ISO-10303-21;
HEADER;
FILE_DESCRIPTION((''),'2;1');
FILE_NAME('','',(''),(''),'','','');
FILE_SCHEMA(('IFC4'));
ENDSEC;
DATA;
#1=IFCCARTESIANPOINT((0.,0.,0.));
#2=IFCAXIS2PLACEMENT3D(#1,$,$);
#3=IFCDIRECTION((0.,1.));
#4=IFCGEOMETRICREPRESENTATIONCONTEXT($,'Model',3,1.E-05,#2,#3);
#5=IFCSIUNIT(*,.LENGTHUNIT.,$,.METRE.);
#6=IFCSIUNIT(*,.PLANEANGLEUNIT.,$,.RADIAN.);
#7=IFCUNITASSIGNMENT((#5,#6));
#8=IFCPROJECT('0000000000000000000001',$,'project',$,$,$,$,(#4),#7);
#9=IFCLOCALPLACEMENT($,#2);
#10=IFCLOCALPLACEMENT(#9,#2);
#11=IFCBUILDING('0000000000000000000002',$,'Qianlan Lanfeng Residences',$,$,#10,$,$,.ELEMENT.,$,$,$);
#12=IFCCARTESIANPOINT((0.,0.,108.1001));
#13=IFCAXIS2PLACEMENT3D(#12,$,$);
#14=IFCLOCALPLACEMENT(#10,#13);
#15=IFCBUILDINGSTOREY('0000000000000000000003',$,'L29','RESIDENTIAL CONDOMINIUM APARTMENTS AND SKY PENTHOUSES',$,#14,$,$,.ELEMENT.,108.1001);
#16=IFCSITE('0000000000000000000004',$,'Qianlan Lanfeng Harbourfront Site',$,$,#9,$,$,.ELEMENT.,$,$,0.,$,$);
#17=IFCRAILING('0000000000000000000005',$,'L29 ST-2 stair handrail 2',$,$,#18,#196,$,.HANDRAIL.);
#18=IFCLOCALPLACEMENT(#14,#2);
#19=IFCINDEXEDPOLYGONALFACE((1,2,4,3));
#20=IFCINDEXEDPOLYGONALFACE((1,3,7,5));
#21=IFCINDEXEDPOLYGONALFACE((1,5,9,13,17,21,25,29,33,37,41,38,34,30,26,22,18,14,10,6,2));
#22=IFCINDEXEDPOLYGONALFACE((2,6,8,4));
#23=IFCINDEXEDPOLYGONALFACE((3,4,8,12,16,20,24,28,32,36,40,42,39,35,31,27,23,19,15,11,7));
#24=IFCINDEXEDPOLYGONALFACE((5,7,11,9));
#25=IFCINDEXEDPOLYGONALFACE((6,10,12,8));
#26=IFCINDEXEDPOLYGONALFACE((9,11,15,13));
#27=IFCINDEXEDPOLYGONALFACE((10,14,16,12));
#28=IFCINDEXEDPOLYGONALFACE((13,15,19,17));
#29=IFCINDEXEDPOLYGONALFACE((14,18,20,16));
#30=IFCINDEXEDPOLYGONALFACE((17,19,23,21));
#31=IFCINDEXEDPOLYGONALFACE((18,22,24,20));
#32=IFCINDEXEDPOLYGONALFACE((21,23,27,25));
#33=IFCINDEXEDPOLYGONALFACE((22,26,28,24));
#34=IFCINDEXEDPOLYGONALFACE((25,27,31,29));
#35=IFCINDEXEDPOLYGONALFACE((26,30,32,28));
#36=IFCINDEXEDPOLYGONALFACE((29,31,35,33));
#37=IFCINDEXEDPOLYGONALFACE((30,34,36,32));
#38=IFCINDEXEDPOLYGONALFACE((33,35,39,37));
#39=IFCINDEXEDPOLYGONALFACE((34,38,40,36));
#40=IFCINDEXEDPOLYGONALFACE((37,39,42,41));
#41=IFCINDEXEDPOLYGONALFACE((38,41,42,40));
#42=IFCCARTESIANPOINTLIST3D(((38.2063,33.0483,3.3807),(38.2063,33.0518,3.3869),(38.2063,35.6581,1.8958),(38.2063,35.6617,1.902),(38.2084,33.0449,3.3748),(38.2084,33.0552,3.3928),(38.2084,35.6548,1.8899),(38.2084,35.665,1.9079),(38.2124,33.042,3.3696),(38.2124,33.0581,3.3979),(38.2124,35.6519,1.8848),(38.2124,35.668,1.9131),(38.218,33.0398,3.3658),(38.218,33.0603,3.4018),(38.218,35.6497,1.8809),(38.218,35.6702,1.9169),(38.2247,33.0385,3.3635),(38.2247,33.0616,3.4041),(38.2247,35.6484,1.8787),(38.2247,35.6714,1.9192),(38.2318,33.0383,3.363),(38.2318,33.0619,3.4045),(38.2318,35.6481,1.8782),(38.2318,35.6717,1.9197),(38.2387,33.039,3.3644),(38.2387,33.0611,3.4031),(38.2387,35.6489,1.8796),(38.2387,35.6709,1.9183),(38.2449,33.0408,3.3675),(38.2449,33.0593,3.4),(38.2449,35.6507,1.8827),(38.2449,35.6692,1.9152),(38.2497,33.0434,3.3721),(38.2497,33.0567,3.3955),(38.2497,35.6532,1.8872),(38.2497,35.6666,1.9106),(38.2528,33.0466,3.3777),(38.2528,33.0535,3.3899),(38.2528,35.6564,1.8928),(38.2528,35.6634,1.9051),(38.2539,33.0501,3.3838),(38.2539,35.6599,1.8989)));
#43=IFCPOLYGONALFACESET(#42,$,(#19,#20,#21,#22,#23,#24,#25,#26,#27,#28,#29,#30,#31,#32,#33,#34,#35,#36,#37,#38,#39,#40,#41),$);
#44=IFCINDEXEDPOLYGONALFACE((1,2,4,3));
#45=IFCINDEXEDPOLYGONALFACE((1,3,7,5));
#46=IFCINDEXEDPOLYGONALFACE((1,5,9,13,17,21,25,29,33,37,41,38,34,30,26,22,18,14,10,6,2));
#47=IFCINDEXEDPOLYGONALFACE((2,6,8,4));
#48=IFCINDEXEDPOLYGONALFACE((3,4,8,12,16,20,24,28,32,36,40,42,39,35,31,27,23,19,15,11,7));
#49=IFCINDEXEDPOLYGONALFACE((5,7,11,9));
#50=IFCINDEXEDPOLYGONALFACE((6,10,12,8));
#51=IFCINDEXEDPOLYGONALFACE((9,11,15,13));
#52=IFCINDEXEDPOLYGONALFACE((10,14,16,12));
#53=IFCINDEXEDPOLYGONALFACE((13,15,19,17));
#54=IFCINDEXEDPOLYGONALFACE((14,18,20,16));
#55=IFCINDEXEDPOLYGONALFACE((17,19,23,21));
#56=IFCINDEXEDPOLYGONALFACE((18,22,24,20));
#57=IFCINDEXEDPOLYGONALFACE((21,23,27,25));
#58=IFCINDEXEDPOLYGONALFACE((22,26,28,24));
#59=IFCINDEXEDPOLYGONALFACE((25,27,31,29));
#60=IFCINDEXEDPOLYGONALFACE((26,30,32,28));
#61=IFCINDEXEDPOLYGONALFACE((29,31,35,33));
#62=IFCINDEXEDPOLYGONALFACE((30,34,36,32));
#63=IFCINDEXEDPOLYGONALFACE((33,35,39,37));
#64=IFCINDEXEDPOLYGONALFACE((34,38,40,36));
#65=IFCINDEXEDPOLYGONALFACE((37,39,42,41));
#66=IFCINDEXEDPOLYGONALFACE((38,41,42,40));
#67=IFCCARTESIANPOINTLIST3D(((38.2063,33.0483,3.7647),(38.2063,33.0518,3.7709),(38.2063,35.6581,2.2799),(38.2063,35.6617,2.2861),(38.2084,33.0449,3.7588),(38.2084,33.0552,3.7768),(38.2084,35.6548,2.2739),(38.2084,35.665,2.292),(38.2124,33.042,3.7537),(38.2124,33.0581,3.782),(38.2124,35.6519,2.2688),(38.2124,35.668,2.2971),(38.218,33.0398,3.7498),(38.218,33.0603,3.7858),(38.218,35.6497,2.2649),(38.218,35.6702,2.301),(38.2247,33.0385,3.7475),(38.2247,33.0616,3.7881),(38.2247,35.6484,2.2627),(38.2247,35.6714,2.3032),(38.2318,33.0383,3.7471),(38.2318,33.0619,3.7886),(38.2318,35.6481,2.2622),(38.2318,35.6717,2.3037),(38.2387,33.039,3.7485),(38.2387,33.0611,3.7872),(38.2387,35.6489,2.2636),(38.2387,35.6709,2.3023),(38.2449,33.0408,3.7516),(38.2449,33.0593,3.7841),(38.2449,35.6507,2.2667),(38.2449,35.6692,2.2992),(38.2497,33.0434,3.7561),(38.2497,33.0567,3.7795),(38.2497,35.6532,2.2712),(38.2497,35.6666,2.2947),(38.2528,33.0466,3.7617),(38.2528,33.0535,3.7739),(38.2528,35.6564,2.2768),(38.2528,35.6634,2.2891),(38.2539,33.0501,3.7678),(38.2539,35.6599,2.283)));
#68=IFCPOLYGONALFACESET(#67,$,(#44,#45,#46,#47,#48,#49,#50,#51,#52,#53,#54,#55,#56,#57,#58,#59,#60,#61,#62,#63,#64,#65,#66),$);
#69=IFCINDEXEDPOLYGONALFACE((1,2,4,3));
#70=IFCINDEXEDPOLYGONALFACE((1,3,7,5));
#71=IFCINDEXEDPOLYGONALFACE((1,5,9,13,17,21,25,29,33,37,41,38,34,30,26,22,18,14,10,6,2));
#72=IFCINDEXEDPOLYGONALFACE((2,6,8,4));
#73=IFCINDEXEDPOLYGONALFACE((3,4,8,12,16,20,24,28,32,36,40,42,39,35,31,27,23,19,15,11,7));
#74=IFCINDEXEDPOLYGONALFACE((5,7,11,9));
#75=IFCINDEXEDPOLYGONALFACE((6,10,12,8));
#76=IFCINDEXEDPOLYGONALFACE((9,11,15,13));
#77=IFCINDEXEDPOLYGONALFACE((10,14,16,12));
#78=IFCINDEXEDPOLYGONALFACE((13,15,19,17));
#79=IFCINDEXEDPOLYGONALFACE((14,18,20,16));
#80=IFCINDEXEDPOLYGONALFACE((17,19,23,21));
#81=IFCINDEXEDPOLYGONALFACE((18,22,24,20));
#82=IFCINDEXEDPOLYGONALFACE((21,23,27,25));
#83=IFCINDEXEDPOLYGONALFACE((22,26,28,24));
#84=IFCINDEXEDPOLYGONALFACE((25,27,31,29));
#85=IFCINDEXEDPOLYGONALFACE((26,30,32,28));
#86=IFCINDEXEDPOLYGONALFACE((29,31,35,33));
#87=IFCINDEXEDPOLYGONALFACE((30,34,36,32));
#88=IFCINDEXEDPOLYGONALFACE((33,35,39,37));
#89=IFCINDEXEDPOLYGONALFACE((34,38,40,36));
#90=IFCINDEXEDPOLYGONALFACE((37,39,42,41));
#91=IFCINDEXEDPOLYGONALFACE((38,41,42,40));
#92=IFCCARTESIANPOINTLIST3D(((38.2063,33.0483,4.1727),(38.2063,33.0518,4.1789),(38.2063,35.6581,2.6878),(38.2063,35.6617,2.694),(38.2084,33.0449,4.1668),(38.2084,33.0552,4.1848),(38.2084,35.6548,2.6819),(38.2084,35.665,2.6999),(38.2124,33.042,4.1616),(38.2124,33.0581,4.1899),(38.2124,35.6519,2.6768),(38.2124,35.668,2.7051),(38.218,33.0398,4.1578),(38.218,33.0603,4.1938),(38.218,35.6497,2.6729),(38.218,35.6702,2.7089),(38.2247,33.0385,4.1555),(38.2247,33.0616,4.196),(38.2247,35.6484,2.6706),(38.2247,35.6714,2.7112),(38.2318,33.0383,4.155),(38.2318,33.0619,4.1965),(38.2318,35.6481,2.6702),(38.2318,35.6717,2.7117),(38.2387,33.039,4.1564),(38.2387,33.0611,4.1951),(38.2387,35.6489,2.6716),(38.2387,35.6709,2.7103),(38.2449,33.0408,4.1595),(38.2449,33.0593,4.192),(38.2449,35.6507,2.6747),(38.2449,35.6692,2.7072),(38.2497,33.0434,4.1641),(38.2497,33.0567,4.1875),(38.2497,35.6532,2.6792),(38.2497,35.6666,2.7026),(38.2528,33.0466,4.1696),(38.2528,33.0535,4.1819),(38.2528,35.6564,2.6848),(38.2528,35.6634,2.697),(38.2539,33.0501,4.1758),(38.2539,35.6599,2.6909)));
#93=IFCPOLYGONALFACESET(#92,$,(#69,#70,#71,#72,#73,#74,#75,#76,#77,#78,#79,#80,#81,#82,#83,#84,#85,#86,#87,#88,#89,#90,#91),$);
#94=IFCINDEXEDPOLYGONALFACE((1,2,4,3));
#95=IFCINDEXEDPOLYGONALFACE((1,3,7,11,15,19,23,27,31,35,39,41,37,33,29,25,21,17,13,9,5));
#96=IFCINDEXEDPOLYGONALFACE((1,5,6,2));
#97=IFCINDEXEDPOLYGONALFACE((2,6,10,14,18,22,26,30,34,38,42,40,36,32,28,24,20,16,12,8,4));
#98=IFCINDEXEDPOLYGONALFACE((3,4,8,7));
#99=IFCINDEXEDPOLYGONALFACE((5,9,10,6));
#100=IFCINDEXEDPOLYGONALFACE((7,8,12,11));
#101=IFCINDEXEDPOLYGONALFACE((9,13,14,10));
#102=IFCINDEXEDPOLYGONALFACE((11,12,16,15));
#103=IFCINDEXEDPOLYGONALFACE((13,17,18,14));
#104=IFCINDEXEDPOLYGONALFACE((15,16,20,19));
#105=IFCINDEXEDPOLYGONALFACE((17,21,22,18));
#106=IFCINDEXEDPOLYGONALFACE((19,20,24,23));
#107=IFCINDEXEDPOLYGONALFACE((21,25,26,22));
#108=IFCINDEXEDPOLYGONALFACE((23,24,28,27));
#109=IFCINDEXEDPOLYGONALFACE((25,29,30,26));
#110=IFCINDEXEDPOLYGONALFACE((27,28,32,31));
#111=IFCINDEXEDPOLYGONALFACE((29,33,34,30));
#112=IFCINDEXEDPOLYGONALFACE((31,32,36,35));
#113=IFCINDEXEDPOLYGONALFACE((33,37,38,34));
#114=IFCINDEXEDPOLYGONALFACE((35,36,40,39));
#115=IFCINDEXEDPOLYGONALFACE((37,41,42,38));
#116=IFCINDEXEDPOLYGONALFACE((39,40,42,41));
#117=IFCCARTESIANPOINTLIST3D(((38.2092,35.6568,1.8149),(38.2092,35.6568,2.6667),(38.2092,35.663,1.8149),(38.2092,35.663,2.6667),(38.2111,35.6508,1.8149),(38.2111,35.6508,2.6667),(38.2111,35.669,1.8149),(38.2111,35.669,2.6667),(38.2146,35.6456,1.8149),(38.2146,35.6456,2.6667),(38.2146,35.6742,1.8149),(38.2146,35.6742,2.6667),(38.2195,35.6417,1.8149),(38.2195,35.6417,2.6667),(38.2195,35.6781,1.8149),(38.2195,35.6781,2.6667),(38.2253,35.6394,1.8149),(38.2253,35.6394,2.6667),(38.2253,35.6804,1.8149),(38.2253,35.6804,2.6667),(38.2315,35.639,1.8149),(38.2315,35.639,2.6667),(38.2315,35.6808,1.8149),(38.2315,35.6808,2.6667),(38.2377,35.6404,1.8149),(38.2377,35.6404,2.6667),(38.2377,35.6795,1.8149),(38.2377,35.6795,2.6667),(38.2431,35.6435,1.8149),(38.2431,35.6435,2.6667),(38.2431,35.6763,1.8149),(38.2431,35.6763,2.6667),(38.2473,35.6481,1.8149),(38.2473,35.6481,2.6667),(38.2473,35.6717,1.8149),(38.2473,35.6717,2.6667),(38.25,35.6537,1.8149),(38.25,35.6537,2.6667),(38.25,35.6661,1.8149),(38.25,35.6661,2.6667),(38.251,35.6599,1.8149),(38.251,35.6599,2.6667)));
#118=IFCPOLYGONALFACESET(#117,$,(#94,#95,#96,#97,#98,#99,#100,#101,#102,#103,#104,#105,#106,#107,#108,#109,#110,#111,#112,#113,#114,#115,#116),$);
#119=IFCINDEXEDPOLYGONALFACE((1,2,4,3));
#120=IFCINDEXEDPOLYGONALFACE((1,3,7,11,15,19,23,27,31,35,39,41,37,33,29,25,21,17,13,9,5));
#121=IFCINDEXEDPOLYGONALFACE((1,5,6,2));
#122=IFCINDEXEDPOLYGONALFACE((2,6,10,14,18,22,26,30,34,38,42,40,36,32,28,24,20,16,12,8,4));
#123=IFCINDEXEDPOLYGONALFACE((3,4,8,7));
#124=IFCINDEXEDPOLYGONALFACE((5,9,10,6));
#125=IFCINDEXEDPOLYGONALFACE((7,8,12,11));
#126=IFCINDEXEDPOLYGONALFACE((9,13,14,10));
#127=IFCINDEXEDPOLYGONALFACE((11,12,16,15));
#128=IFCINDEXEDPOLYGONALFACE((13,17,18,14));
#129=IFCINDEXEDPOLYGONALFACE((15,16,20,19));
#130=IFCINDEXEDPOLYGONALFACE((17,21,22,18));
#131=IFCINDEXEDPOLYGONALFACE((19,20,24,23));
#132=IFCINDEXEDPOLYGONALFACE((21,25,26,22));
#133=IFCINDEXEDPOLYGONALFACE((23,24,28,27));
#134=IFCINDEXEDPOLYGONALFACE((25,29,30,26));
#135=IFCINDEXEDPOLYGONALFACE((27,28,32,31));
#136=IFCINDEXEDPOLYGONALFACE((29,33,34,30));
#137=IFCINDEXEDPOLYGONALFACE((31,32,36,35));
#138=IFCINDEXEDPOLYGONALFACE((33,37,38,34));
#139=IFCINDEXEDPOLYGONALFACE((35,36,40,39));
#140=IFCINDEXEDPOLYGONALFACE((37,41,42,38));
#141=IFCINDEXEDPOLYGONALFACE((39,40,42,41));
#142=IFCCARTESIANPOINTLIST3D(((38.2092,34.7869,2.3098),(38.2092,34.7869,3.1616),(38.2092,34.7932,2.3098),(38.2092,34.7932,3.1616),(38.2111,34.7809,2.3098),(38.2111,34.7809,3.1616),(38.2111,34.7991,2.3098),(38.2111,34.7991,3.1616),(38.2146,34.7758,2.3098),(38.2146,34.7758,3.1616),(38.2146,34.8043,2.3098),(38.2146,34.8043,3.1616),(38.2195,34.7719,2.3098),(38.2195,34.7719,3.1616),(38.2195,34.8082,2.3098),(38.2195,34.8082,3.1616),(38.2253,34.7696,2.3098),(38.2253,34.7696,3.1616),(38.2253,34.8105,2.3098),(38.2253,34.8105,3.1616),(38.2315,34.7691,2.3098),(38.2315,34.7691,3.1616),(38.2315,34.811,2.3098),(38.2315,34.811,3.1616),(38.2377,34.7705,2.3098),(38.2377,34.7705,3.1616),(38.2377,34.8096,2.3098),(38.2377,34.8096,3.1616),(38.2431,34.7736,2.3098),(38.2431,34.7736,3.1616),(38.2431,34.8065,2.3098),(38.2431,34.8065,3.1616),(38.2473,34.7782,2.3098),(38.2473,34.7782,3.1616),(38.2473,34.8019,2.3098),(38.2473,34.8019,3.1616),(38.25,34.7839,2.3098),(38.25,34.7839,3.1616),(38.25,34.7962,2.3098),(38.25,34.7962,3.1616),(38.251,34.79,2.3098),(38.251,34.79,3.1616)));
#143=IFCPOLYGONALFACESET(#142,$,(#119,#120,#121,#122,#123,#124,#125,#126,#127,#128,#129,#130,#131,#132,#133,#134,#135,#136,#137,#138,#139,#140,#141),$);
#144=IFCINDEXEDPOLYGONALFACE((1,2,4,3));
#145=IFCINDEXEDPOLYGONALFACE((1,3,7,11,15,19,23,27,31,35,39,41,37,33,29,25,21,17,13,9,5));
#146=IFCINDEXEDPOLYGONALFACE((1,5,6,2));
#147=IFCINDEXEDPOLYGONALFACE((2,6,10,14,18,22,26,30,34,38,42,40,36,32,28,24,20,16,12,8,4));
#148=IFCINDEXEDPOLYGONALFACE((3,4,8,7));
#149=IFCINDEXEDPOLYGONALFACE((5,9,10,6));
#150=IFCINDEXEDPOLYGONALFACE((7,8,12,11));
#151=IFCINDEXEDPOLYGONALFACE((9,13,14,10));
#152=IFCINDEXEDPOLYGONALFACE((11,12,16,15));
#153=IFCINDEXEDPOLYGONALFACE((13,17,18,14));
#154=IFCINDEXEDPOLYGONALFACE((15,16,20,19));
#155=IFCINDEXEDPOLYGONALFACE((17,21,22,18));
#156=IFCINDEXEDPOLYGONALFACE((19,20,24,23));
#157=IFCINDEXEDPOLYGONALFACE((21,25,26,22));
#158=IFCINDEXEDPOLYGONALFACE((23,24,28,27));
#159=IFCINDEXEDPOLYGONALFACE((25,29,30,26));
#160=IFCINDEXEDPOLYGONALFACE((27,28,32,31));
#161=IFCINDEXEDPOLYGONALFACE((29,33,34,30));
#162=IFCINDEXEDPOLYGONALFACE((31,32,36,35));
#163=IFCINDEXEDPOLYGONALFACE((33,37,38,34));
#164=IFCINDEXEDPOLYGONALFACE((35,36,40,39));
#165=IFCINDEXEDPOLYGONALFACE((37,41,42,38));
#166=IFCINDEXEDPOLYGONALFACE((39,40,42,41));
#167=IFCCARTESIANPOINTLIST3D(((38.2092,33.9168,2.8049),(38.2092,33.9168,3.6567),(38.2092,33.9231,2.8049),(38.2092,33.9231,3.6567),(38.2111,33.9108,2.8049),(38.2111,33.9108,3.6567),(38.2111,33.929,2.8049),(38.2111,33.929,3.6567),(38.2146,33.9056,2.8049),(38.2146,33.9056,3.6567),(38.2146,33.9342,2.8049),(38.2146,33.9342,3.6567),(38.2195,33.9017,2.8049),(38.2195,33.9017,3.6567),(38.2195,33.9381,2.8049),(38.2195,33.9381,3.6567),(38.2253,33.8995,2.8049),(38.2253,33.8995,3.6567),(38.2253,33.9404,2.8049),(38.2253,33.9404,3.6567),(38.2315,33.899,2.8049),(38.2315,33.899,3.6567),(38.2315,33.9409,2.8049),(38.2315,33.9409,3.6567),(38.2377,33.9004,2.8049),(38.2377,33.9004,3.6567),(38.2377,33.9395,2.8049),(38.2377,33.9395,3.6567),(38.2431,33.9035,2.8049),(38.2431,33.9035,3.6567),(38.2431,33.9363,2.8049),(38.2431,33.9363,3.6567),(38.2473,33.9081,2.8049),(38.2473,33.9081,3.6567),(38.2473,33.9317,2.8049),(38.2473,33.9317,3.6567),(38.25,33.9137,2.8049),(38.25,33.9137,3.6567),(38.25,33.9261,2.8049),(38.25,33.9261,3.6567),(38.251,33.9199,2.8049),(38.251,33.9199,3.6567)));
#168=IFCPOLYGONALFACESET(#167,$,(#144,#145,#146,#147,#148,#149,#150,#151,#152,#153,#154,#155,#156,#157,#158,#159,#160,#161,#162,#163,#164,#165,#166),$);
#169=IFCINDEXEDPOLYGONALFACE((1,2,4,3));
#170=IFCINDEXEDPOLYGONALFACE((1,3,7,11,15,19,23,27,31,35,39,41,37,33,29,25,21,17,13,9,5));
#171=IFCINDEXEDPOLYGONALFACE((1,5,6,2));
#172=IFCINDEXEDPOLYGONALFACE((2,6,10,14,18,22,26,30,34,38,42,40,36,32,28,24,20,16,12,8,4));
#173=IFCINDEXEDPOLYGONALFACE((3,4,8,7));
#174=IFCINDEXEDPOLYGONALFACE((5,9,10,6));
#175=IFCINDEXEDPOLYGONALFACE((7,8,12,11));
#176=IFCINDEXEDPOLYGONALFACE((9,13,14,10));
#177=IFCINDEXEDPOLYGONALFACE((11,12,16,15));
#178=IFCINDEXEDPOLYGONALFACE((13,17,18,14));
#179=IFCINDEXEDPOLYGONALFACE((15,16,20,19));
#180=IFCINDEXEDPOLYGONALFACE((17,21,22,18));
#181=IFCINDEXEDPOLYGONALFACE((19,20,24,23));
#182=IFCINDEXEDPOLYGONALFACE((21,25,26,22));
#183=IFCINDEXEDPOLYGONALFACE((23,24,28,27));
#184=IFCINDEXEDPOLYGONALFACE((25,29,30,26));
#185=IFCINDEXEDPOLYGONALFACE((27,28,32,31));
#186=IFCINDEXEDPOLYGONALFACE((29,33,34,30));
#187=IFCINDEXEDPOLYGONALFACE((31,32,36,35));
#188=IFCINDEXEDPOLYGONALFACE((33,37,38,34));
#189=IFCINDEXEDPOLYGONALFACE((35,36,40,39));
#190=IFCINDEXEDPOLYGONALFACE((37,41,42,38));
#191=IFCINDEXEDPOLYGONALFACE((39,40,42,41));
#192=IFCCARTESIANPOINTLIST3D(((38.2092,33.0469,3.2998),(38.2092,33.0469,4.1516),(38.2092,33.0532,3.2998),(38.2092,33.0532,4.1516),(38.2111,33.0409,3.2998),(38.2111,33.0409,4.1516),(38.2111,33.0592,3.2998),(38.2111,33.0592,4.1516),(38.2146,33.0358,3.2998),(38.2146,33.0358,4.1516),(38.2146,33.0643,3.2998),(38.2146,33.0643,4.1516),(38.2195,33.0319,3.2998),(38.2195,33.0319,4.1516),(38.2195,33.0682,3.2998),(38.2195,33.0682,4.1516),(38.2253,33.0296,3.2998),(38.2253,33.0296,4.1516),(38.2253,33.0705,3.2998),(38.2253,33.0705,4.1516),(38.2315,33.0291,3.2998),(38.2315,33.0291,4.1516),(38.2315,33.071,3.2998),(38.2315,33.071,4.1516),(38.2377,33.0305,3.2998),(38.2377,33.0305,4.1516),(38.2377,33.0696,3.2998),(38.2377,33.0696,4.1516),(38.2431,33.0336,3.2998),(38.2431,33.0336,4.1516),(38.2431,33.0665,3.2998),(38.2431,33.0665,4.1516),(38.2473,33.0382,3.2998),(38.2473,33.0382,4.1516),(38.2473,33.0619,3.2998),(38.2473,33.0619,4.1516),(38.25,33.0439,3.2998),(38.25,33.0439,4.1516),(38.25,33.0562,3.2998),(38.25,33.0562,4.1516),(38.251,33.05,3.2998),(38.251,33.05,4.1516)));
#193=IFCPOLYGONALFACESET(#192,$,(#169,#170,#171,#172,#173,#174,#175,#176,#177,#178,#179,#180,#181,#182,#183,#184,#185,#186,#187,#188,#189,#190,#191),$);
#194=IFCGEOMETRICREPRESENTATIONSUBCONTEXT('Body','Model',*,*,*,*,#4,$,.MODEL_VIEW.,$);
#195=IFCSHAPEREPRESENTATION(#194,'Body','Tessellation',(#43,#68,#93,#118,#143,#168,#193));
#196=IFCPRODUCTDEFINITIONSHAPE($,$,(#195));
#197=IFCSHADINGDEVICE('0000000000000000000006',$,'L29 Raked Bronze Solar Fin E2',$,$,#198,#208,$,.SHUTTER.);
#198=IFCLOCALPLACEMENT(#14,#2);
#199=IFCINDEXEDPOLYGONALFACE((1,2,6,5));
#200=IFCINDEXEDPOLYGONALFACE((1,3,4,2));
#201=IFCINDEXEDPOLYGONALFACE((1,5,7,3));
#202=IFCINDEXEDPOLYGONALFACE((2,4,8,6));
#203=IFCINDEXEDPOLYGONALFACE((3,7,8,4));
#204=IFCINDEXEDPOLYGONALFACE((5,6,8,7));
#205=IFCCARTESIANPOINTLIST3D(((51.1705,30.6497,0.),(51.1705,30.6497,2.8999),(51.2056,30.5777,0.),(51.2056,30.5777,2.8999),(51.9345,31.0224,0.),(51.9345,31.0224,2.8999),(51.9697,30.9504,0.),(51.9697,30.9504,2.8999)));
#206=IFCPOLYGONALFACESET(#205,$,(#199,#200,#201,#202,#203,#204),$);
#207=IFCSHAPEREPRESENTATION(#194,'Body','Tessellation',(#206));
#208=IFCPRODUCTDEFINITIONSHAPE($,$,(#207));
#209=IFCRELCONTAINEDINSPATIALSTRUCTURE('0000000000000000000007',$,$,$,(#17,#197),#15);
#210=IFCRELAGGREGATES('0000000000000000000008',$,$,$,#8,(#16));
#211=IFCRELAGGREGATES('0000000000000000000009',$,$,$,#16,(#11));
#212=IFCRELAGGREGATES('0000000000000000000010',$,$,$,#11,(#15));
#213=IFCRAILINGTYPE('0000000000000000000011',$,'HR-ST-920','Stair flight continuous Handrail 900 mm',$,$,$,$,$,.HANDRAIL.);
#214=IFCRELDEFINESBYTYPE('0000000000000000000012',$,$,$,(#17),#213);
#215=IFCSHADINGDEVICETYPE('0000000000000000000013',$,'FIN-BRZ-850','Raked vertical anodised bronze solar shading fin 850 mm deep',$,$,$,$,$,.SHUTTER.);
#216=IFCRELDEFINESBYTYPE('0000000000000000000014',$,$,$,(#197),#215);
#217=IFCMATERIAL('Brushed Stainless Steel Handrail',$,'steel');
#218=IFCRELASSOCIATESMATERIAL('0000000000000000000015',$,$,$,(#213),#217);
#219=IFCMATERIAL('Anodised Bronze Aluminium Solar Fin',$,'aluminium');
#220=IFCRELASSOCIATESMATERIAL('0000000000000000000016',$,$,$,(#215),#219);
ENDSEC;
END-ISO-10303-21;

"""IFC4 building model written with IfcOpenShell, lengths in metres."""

from ifc_helpers import new_model, si_unit, direction, frame, origin, origin_2d, place, context, subcontext, project, spatial, rectangle, circle, extrude, source, transform, mapped, material, type_object, element, save


model = new_model("IFC4")

# Units and contexts
model_context = context("Model", 3, precision=1e-05, world=origin(), true_north=direction((0.0, 1.0)))
body_context = subcontext(model_context, "Body", "Model", "MODEL_VIEW")
ifc_project = project(units=[si_unit("LENGTHUNIT", "METRE"), si_unit("PLANEANGLEUNIT", "RADIAN")], contexts=[model_context])

# Site, building, storey
site_placement = place(None, origin())
site = spatial("IfcSite", under=ifc_project, at=site_placement, Name="Qianlan Lanfeng Harbourfront Site", CompositionType="ELEMENT", RefElevation=0.0)
building_placement = place(site_placement, origin())
building = spatial("IfcBuilding", under=site, at=building_placement, Name="Qianlan Lanfeng Residences", CompositionType="ELEMENT")
storey_placement = place(building_placement, frame((0.0, 0.0, 108.1001)))
storey = spatial("IfcBuildingStorey", under=building, at=storey_placement, Name="L29", Description="RESIDENTIAL CONDOMINIUM APARTMENTS AND SKY PENTHOUSES", CompositionType="ELEMENT", Elevation=108.1001)

# Railing
ifc_material_1 = material(Name="Brushed Stainless Steel Handrail", Category="steel")
railing_type_1 = type_object("IfcRailingType", Name="HR-ST-920", Description="Stair flight continuous Handrail 900 mm", PredefinedType="HANDRAIL", material=ifc_material_1)
railing_1_placement = place(storey_placement, frame((38.23, 35.6599, 1.8149)))
element("IfcRailing", 1, at=railing_1_placement, inside=storey, type_object=railing_type_1, Name="L29 ST-2 stair handrail 2", PredefinedType="HANDRAIL", context=body_context, shape_type="SweptSolid", body=[
    extrude(circle(Radius=0.0239, at=origin_2d()), frame((0.0, 0.0, 0.084), z_axis=(0.0, -0.869172, 0.494509), x_axis=(1.0, 0.0, 0.0)), (0.0, 0.0, 1.0), 3.0027),
    extrude(circle(Radius=0.0239, at=origin_2d()), frame((0.0, 0.0, 0.468), z_axis=(0.0, -0.869172, 0.494509), x_axis=(1.0, 0.0, 0.0)), (0.0, 0.0, 1.0), 3.0027),
    extrude(circle(Radius=0.0239, at=origin_2d()), frame((0.0, 0.0, 0.876), z_axis=(0.0, -0.869172, 0.494509), x_axis=(1.0, 0.0, 0.0)), (0.0, 0.0, 1.0), 3.0027),
    extrude(circle(Radius=0.021, at=origin_2d()), origin(), (0.0, 0.0, 1.0), 0.8518),
    extrude(circle(Radius=0.021, at=origin_2d()), frame((0.0, -0.8699, 0.4949)), (0.0, 0.0, 1.0), 0.8518),
    extrude(circle(Radius=0.021, at=origin_2d()), frame((0.0, -1.74, 0.99)), (0.0, 0.0, 1.0), 0.8518),
    extrude(circle(Radius=0.021, at=origin_2d()), frame((0.0, -2.6099, 1.4849)), (0.0, 0.0, 1.0), 0.8518),
])

# Shading device
ifc_material_2 = material(Name="Anodised Bronze Aluminium Solar Fin", Category="aluminium")
shading_device_type = type_object("IfcShadingDeviceType", Name="FIN-BRZ-850", Description="Raked vertical anodised bronze solar shading fin 850 mm deep", PredefinedType="SHUTTER", material=ifc_material_2)
shared_shape = source(origin(), body_context, "Body", "SweptSolid", [
    extrude(rectangle(XDim=0.8501, YDim=0.0801, at=origin_2d()), origin(), (0.0, 0.0, 1.0), 2.8999),
])
shading_device_placement = place(storey_placement, frame((51.5701, 30.8, 0.0), z_axis=(0.0, 0.0, 1.0), x_axis=(0.898794, 0.438371, 0.0)))
element("IfcShadingDevice", 2, at=shading_device_placement, inside=storey, type_object=shading_device_type, Name="L29 Raked Bronze Solar Fin E2", PredefinedType="SHUTTER", context=body_context, shape_type="MappedRepresentation", body=[
    mapped(shared_shape, transform((0.0, 0.0, 0.0), scale=1.0)),
])

save(model, "model.ifc")
